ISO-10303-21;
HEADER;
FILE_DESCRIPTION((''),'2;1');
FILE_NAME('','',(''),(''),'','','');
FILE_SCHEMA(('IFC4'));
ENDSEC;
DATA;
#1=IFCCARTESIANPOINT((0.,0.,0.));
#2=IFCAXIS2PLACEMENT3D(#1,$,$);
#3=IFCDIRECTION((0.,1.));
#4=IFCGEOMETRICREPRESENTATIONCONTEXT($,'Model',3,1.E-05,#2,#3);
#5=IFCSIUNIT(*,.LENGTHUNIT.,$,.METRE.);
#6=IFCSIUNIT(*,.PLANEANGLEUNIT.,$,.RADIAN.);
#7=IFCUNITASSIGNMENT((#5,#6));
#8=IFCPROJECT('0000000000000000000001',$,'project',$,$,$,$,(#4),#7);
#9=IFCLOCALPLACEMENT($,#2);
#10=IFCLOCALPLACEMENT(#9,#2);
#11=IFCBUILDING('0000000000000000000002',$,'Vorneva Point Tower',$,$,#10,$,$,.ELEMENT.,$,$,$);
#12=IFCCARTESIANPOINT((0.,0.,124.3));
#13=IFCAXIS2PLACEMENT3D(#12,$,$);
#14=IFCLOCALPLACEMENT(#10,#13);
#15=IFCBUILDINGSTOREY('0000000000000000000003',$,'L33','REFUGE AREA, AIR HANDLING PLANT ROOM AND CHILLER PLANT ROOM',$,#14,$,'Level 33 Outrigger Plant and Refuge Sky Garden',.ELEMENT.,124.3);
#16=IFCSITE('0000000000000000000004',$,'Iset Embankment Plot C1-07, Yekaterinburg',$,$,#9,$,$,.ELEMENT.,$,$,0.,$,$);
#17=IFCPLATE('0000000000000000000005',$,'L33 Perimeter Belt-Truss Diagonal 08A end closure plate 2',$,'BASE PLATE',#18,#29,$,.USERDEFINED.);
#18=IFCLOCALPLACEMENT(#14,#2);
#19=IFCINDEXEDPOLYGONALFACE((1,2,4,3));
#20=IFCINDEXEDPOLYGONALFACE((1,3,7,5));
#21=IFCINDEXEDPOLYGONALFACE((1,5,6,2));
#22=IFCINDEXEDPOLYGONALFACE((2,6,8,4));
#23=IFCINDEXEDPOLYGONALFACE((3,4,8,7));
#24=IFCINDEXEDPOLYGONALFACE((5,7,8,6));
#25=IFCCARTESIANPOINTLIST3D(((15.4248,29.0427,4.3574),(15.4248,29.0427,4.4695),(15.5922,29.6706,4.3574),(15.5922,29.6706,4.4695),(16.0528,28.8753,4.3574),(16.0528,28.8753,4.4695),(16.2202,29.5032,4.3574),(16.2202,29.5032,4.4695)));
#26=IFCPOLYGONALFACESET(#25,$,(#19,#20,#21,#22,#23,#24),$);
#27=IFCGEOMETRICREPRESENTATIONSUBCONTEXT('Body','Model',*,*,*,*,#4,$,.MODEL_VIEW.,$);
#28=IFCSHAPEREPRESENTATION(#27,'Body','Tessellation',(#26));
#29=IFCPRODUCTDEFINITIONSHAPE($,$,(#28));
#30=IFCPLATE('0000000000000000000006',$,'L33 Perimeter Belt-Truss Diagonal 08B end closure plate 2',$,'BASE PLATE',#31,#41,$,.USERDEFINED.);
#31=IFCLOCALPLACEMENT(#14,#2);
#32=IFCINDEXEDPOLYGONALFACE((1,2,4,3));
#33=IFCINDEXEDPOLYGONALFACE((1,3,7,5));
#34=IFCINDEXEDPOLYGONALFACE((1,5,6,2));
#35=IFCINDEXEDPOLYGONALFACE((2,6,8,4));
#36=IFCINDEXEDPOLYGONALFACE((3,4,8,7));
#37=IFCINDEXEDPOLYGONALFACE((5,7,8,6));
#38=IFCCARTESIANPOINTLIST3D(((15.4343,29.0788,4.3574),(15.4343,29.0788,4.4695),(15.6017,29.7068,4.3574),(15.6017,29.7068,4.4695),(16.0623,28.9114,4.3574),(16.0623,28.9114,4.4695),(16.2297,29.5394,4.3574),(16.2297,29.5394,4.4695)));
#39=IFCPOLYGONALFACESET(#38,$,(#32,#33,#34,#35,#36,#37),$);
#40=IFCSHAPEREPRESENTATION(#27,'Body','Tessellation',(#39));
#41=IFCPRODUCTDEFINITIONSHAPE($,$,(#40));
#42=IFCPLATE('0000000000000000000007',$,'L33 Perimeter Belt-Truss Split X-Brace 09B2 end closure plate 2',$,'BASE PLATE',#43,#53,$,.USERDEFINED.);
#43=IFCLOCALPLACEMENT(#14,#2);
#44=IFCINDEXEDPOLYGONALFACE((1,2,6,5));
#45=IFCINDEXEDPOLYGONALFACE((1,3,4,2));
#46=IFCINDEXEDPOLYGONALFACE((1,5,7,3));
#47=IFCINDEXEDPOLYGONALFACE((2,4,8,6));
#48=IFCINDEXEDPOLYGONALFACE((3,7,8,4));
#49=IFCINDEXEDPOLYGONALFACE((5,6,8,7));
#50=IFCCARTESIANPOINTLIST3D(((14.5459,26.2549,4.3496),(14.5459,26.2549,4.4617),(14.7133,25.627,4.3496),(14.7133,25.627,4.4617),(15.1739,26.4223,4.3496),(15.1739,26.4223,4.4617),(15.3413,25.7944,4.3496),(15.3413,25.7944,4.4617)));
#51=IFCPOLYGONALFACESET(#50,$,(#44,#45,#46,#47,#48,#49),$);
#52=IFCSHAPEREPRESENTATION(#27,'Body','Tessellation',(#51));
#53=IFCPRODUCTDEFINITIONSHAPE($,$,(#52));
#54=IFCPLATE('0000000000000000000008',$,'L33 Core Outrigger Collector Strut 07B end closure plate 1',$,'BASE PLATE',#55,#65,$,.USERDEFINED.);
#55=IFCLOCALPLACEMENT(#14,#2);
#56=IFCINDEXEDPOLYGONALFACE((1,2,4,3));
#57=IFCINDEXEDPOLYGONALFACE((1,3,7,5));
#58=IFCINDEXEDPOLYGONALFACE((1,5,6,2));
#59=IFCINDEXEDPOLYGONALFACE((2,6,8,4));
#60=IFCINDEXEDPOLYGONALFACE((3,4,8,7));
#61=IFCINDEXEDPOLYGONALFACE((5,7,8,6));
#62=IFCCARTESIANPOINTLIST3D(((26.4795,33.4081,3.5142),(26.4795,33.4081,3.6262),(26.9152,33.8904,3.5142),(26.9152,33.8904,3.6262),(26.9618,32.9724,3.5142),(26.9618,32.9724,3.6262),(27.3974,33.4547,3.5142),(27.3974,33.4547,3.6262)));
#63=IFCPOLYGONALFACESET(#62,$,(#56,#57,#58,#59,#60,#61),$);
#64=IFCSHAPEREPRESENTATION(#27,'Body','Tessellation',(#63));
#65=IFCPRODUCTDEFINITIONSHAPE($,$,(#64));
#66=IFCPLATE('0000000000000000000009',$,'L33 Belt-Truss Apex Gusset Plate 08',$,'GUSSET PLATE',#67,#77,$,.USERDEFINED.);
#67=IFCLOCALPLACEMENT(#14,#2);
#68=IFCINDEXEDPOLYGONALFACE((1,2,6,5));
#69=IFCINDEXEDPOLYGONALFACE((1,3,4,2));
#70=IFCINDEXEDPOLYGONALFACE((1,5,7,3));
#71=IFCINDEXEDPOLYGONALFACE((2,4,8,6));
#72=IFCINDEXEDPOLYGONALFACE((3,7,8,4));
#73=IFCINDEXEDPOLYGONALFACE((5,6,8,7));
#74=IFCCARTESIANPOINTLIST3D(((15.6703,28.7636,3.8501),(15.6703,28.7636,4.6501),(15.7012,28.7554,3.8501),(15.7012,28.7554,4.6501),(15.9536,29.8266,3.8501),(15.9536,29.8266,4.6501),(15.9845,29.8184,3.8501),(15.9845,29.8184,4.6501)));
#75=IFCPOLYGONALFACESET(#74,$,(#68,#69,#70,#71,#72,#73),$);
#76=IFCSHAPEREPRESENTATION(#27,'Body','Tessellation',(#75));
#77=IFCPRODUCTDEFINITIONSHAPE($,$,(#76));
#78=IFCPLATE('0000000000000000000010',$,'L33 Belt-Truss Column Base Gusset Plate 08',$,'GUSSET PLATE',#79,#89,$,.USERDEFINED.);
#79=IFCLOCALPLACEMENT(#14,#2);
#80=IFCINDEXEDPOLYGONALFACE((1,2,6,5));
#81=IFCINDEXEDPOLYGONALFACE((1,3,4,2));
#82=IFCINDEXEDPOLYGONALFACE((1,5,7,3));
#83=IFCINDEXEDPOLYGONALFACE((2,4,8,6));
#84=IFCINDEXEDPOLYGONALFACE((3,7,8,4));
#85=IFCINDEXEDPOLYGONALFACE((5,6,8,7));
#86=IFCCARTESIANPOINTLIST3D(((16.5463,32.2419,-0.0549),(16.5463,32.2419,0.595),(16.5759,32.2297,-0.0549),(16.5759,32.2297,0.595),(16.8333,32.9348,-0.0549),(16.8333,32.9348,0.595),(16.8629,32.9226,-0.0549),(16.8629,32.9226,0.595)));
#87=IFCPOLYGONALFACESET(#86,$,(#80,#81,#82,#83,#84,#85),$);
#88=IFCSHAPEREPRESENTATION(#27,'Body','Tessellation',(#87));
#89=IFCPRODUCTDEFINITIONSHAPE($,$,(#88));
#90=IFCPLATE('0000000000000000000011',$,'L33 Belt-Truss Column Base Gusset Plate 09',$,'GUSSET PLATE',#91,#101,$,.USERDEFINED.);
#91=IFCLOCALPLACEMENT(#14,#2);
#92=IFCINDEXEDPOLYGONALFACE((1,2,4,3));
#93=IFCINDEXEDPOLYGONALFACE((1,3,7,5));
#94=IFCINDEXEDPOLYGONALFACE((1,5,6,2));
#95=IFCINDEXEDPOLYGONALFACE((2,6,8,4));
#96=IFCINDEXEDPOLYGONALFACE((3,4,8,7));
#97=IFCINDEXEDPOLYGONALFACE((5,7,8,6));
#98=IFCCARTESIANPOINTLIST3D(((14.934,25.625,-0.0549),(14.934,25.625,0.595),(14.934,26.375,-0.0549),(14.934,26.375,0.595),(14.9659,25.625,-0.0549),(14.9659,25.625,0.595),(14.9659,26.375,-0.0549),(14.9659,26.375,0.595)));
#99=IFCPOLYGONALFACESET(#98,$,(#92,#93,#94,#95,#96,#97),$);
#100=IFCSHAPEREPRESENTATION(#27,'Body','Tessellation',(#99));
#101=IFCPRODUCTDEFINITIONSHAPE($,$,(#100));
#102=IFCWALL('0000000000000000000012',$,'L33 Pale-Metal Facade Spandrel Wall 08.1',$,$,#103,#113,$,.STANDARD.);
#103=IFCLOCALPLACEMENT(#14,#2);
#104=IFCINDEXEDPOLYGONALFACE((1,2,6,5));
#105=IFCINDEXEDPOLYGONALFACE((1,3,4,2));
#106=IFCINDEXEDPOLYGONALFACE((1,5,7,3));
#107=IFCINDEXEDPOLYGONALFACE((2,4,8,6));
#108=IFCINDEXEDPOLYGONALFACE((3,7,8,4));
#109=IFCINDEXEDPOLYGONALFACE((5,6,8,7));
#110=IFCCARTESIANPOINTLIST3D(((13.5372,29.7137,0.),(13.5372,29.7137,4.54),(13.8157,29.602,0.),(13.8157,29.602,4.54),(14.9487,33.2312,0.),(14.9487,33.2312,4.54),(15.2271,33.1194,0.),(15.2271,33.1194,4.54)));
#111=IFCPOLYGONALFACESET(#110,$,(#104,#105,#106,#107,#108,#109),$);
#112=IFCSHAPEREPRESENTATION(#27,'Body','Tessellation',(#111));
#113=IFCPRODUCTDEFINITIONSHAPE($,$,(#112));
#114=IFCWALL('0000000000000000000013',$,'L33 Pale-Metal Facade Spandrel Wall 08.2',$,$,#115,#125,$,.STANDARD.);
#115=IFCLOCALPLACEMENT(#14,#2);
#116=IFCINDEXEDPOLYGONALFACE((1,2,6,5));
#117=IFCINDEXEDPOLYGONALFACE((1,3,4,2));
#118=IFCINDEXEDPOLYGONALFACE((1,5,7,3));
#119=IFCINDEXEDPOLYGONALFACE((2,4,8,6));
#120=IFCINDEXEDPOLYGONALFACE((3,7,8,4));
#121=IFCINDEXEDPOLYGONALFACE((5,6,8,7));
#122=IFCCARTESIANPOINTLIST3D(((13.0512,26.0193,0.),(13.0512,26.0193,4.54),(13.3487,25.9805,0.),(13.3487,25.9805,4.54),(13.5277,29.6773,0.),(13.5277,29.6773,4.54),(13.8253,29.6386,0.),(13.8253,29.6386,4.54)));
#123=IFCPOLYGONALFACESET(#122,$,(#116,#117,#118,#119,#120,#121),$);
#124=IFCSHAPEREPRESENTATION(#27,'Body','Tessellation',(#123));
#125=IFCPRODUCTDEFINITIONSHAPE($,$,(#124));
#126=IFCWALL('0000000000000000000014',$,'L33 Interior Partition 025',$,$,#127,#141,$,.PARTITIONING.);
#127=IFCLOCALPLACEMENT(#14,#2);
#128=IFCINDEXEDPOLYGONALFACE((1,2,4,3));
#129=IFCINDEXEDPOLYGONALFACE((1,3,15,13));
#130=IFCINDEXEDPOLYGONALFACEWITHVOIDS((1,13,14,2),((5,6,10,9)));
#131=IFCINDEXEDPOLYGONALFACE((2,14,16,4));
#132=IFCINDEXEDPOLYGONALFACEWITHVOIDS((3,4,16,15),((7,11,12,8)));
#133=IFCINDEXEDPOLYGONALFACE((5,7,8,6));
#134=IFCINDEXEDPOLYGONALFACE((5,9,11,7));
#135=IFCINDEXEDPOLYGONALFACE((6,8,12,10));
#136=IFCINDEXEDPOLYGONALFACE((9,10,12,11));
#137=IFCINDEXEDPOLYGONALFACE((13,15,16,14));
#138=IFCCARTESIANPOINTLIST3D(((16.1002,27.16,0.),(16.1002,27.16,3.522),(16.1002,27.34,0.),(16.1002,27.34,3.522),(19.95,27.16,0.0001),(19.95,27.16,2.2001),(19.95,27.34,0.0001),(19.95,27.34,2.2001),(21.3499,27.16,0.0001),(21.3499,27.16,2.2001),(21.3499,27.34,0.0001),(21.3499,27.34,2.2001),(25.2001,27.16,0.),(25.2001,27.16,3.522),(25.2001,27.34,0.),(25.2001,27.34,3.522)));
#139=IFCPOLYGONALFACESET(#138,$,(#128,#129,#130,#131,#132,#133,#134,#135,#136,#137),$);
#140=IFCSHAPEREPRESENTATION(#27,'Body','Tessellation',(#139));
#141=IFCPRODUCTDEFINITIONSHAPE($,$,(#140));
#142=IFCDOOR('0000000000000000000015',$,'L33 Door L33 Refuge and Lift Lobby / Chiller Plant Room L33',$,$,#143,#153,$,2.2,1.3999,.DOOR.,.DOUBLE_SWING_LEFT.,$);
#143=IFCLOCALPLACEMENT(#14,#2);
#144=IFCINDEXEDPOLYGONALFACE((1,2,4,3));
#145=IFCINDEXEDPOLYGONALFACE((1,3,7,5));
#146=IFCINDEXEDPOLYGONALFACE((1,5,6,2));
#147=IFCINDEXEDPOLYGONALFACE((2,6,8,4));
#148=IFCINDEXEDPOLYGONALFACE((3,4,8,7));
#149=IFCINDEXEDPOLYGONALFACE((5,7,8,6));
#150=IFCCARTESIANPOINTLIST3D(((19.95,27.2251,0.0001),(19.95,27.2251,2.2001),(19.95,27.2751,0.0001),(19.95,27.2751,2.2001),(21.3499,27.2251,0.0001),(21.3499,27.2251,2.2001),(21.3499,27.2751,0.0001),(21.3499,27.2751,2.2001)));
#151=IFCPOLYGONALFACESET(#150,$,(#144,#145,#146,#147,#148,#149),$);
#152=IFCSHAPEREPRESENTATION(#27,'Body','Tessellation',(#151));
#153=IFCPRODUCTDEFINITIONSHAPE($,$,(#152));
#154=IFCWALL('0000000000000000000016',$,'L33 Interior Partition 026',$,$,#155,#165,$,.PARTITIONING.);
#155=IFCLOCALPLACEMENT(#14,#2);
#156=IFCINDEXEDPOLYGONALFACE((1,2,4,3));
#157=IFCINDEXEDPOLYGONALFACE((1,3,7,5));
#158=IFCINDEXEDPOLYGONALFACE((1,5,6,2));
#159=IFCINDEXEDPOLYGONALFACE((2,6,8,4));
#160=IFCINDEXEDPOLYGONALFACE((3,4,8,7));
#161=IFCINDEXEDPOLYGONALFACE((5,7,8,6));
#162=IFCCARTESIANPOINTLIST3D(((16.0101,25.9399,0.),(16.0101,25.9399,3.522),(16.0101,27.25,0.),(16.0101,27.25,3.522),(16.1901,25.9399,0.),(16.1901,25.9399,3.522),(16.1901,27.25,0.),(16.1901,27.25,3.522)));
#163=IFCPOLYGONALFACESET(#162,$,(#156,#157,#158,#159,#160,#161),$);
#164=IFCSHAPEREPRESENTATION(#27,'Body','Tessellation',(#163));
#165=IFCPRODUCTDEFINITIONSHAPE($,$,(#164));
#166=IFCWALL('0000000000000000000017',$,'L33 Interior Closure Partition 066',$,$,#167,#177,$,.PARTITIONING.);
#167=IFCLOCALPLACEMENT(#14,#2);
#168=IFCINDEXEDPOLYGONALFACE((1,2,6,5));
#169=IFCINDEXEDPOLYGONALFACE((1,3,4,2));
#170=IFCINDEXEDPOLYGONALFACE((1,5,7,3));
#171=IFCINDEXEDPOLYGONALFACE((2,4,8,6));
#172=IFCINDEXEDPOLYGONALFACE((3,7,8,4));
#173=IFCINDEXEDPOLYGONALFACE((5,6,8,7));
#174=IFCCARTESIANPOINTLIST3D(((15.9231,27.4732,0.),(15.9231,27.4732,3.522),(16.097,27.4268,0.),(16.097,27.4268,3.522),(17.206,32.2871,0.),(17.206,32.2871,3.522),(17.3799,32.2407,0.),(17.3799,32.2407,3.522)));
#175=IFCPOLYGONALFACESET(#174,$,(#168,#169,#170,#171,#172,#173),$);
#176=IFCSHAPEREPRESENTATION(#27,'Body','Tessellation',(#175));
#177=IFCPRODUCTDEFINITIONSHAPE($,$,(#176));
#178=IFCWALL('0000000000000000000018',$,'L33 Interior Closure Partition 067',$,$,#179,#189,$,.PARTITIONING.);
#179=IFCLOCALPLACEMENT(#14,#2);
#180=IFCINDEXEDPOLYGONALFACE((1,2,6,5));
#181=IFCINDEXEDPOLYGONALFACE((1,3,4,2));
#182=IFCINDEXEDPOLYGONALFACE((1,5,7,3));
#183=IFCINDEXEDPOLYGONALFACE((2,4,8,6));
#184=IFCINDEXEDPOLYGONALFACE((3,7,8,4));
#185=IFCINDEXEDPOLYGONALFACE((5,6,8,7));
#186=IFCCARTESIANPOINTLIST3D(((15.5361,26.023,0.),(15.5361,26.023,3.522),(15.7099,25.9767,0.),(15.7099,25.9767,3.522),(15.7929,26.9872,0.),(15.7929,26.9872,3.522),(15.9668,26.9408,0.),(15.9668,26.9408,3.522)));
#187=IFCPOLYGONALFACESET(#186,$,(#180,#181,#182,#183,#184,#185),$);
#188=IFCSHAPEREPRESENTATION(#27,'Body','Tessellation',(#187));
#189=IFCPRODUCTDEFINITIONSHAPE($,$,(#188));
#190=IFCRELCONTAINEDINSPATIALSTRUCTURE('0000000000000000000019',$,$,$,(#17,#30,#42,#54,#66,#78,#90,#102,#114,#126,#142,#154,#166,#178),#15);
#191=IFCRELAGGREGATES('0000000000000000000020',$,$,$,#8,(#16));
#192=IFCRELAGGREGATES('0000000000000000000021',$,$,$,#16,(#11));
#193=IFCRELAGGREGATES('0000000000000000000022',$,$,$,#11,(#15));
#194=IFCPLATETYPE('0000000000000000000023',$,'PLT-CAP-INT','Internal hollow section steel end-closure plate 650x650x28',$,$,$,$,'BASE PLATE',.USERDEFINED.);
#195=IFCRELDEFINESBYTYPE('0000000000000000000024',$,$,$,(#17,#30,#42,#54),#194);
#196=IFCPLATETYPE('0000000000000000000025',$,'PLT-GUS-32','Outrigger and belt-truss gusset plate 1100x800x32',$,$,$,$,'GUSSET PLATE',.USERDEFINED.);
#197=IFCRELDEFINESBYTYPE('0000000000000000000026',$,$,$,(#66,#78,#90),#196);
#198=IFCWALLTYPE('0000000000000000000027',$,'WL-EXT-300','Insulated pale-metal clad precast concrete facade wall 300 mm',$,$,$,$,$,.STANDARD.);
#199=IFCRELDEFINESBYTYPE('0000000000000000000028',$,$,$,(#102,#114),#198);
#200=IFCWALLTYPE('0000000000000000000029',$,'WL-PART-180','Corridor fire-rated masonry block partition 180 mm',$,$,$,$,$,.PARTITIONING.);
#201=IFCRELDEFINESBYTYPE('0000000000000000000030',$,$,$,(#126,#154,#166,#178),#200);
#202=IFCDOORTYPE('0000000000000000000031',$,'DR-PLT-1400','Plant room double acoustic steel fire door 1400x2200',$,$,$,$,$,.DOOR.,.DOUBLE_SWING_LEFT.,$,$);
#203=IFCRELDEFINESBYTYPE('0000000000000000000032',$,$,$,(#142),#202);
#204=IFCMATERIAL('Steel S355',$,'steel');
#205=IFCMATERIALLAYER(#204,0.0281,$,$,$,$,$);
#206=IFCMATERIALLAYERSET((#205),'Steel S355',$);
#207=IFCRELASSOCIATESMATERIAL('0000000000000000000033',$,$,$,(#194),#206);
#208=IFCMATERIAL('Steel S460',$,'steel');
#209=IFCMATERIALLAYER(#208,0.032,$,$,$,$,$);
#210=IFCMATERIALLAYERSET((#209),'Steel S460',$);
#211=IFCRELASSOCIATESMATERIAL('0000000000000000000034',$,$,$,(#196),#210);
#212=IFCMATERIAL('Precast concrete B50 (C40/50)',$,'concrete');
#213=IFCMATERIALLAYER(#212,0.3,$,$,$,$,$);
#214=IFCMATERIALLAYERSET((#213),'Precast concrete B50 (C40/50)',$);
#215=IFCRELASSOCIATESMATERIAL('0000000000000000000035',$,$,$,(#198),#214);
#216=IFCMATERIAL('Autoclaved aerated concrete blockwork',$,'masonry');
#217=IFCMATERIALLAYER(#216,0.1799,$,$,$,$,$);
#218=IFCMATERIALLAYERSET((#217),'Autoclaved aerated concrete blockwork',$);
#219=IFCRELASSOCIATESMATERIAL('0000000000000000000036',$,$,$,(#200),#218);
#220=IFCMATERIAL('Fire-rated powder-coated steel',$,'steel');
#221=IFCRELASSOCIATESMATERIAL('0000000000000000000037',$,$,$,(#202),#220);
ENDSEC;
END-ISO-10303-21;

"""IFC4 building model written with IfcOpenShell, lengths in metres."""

from ifc_helpers import new_model, si_unit, direction, frame, frame_2d, origin, origin_2d, place, context, subcontext, project, spatial, rectangle, extrude, material, layer, layer_set, type_object, element, fill, save


model = new_model("IFC4")

# Units and contexts
model_context = context("Model", 3, precision=1e-05, world=origin(), true_north=direction((0.0, 1.0)))
body_context = subcontext(model_context, "Body", "Model", "MODEL_VIEW")
ifc_project = project(units=[si_unit("LENGTHUNIT", "METRE"), si_unit("PLANEANGLEUNIT", "RADIAN")], contexts=[model_context])

# Site, building, storey
site_placement = place(None, origin())
site = spatial("IfcSite", under=ifc_project, at=site_placement, Name="Iset Embankment Plot C1-07, Yekaterinburg", CompositionType="ELEMENT", RefElevation=0.0)
building_placement = place(site_placement, origin())
building = spatial("IfcBuilding", under=site, at=building_placement, Name="Vorneva Point Tower", CompositionType="ELEMENT")
storey_placement = place(building_placement, frame((0.0, 0.0, 124.3)))
storey = spatial("IfcBuildingStorey", under=building, at=storey_placement, Name="L33", Description="REFUGE AREA, AIR HANDLING PLANT ROOM AND CHILLER PLANT ROOM", LongName="Level 33 Outrigger Plant and Refuge Sky Garden", CompositionType="ELEMENT", Elevation=124.3)

# Shared definitions
ifc_material_1 = material(Name="Steel S460", Category="steel")
ifc_material_2 = material(Name="Steel S355", Category="steel")

# Plates
ifc_layer_1 = layer(ifc_material_2, 0.0281)
ifc_layer_set_1 = layer_set([ifc_layer_1], Name="Steel S355")
plate_type_1 = type_object("IfcPlateType", Name="PLT-CAP-INT", Description="Internal hollow section steel end-closure plate 650x650x28", ElementType="BASE PLATE", PredefinedType="USERDEFINED", material=ifc_layer_set_1)
for number, where, z_axis, x_axis, name in (
    (1, (15.8225, 29.2729, 4.3574), (0.0, 0.0, 1.0), (-0.257571, -0.966259, 0.0), "L33 Perimeter Belt-Truss Diagonal 08A end closure plate 2"),
    (2, (15.832, 29.3091, 4.3574), (0.0, 0.0, 1.0), (0.257571, 0.966259, 0.0), "L33 Perimeter Belt-Truss Diagonal 08B end closure plate 2"),
    (3, (14.9436, 26.0247, 4.3496), (0.0, 0.0, 1.0), (-0.257571, 0.966259, 0.0), "L33 Perimeter Belt-Truss Split X-Brace 09B2 end closure plate 2"),
    (4, (26.9385, 33.4314, 3.5142), (0.0, 0.0, 1.0), (-0.742081, 0.67031, 0.0), "L33 Core Outrigger Collector Strut 07B end closure plate 1"),
):
    element("IfcPlate", number, at=place(storey_placement, frame(where, z_axis=z_axis, x_axis=x_axis)), inside=storey, type_object=plate_type_1, Name=name, ObjectType="BASE PLATE", PredefinedType="USERDEFINED", context=body_context, shape_type="SweptSolid", body=[
        extrude(rectangle(XDim=0.6499, YDim=0.6499, at=origin_2d()), origin(), (0.0, 0.0, 1.0), 0.1121),
    ])
ifc_layer_2 = layer(ifc_material_1, 0.032)
ifc_layer_set_2 = layer_set([ifc_layer_2], Name="Steel S460")
plate_type_2 = type_object("IfcPlateType", Name="PLT-GUS-32", Description="Outrigger and belt-truss gusset plate 1100x800x32", ElementType="GUSSET PLATE", PredefinedType="USERDEFINED", material=ifc_layer_set_2)
plate_placement = place(storey_placement, frame((15.8274, 29.291, 3.8501), z_axis=(0.0, 0.0, 1.0), x_axis=(-0.257571, -0.966259, 0.0)))
element("IfcPlate", 5, at=plate_placement, inside=storey, type_object=plate_type_2, Name="L33 Belt-Truss Apex Gusset Plate 08", ObjectType="GUSSET PLATE", PredefinedType="USERDEFINED", context=body_context, shape_type="SweptSolid", body=[
    extrude(rectangle(XDim=1.1001, YDim=0.032, at=origin_2d()), origin(), (0.0, 0.0, 1.0), 0.8),
])
for number, where, z_axis, x_axis, name in (
    (6, (16.7046, 32.5823, -0.0549), (0.0, 0.0, 1.0), (-0.382683, -0.92388, 0.0), "L33 Belt-Truss Column Base Gusset Plate 08"),
    (7, (14.95, 26.0, -0.0549), (0.0, 0.0, 1.0), (0.0, -1.0, 0.0), "L33 Belt-Truss Column Base Gusset Plate 09"),
):
    element("IfcPlate", number, at=place(storey_placement, frame(where, z_axis=z_axis, x_axis=x_axis)), inside=storey, type_object=plate_type_2, Name=name, ObjectType="GUSSET PLATE", PredefinedType="USERDEFINED", context=body_context, shape_type="SweptSolid", body=[
        extrude(rectangle(XDim=0.75, YDim=0.032, at=origin_2d()), origin(), (0.0, 0.0, 1.0), 0.6499),
    ])

# Walls
ifc_material_3 = material(Name="Precast concrete B50 (C40/50)", Category="concrete")
ifc_layer_3 = layer(ifc_material_3, 0.3)
ifc_layer_set_3 = layer_set([ifc_layer_3], Name="Precast concrete B50 (C40/50)")
wall_type_1 = type_object("IfcWallType", Name="WL-EXT-300", Description="Insulated pale-metal clad precast concrete facade wall 300 mm", PredefinedType="STANDARD", material=ifc_layer_set_3)
wall_1_placement = place(storey_placement, frame((15.0879, 33.1753, 0.0), z_axis=(0.0, 0.0, 1.0), x_axis=(-0.372401, -0.928072, 0.0)))
element("IfcWall", 8, at=wall_1_placement, inside=storey, type_object=wall_type_1, Name="L33 Pale-Metal Facade Spandrel Wall 08.1", PredefinedType="STANDARD", context=body_context, shape_type="SweptSolid", body=[
    extrude(rectangle(XDim=3.79, YDim=0.3, at=frame_2d((1.895, 0.0))), origin(), (0.0, 0.0, 1.0), 4.54),
])
wall_2_placement = place(storey_placement, frame((13.6765, 29.658, 0.0), z_axis=(0.0, 0.0, 1.0), x_axis=(-0.129189, -0.99162, 0.0)))
element("IfcWall", 9, at=wall_2_placement, inside=storey, type_object=wall_type_1, Name="L33 Pale-Metal Facade Spandrel Wall 08.2", PredefinedType="STANDARD", context=body_context, shape_type="SweptSolid", body=[
    extrude(rectangle(XDim=3.689, YDim=0.3, at=frame_2d((1.8445, 0.0))), origin(), (0.0, 0.0, 1.0), 4.54),
])

# Wall, opening, door
ifc_material_4 = material(Name="Autoclaved aerated concrete blockwork", Category="masonry")
ifc_layer_4 = layer(ifc_material_4, 0.1799)
ifc_layer_set_4 = layer_set([ifc_layer_4], Name="Autoclaved aerated concrete blockwork")
wall_type_2 = type_object("IfcWallType", Name="WL-PART-180", Description="Corridor fire-rated masonry block partition 180 mm", PredefinedType="PARTITIONING", material=ifc_layer_set_4)
wall_3_placement = place(storey_placement, frame((25.2, 27.25, 0.0), z_axis=(0.0, 0.0, 1.0), x_axis=(-1.0, 0.0, 0.0)))
wall_3 = element("IfcWall", 10, at=wall_3_placement, inside=storey, type_object=wall_type_2, Name="L33 Interior Partition 025", PredefinedType="PARTITIONING", context=body_context, shape_type="SweptSolid", body=[
    extrude(rectangle(XDim=9.0999, YDim=0.1799, at=frame_2d((4.5498, 0.0))), origin(), (0.0, 0.0, 1.0), 3.522),
])
opening_placement = place(wall_3_placement, frame((3.8501, 0.0, 0.0)))
opening = element("IfcOpeningElement", 11, at=opening_placement, cuts=wall_3, PredefinedType="OPENING", context=body_context, shape_type="SweptSolid", body=[
    extrude(rectangle(XDim=1.3999, YDim=2.2, at=frame_2d((0.7, 1.1001))), frame((0.0, 0.105, 0.0), z_axis=(0.0, -1.0, 0.0), x_axis=(1.0, 0.0, 0.0)), (0.0, 0.0, 1.0), 0.2097),
])
ifc_material_5 = material(Name="Fire-rated powder-coated steel", Category="steel")
door_type = type_object("IfcDoorType", Name="DR-PLT-1400", Description="Plant room double acoustic steel fire door 1400x2200", OperationType="DOUBLE_SWING_LEFT", PredefinedType="DOOR", material=ifc_material_5)
door_placement = place(opening_placement, origin())
door = element("IfcDoor", 12, at=door_placement, inside=storey, type_object=door_type, Name="L33 Door L33 Refuge and Lift Lobby / Chiller Plant Room L33", OperationType="DOUBLE_SWING_LEFT", OverallHeight=2.2, OverallWidth=1.3999, PredefinedType="DOOR", context=body_context, shape_type="SweptSolid", body=[
    extrude(rectangle(XDim=1.3999, YDim=2.2, at=frame_2d((0.7, 1.1001))), frame((0.0, 0.0249, 0.0), z_axis=(0.0, -1.0, 0.0), x_axis=(1.0, 0.0, 0.0)), (0.0, 0.0, 1.0), 0.05),
])
fill(opening, door)

# Walls
wall_4_placement = place(storey_placement, frame((16.1001, 27.25, 0.0), z_axis=(0.0, 0.0, 1.0), x_axis=(0.0, -1.0, 0.0)))
element("IfcWall", 13, at=wall_4_placement, inside=storey, type_object=wall_type_2, Name="L33 Interior Partition 026", PredefinedType="PARTITIONING", context=body_context, shape_type="SweptSolid", body=[
    extrude(rectangle(XDim=1.3101, YDim=0.1799, at=frame_2d((0.655, 0.0))), origin(), (0.0, 0.0, 1.0), 3.522),
])
wall_5_placement = place(storey_placement, frame((17.293, 32.2639, 0.0), z_axis=(0.0, 0.0, 1.0), x_axis=(-0.257519, -0.966273, 0.0)))
element("IfcWall", 14, at=wall_5_placement, inside=storey, type_object=wall_type_2, Name="L33 Interior Closure Partition 066", PredefinedType="PARTITIONING", context=body_context, shape_type="SweptSolid", body=[
    extrude(rectangle(XDim=4.9819, YDim=0.1799, at=frame_2d((2.491, 0.0))), origin(), (0.0, 0.0, 1.0), 3.522),
])
wall_6_placement = place(storey_placement, frame((15.8799, 26.9641, 0.0), z_axis=(0.0, 0.0, 1.0), x_axis=(-0.257419, -0.9663, 0.0)))
element("IfcWall", 15, at=wall_6_placement, inside=storey, type_object=wall_type_2, Name="L33 Interior Closure Partition 067", PredefinedType="PARTITIONING", context=body_context, shape_type="SweptSolid", body=[
    extrude(rectangle(XDim=0.9978, YDim=0.1799, at=frame_2d((0.499, 0.0))), origin(), (0.0, 0.0, 1.0), 3.522),
])

save(model, "model.ifc")
